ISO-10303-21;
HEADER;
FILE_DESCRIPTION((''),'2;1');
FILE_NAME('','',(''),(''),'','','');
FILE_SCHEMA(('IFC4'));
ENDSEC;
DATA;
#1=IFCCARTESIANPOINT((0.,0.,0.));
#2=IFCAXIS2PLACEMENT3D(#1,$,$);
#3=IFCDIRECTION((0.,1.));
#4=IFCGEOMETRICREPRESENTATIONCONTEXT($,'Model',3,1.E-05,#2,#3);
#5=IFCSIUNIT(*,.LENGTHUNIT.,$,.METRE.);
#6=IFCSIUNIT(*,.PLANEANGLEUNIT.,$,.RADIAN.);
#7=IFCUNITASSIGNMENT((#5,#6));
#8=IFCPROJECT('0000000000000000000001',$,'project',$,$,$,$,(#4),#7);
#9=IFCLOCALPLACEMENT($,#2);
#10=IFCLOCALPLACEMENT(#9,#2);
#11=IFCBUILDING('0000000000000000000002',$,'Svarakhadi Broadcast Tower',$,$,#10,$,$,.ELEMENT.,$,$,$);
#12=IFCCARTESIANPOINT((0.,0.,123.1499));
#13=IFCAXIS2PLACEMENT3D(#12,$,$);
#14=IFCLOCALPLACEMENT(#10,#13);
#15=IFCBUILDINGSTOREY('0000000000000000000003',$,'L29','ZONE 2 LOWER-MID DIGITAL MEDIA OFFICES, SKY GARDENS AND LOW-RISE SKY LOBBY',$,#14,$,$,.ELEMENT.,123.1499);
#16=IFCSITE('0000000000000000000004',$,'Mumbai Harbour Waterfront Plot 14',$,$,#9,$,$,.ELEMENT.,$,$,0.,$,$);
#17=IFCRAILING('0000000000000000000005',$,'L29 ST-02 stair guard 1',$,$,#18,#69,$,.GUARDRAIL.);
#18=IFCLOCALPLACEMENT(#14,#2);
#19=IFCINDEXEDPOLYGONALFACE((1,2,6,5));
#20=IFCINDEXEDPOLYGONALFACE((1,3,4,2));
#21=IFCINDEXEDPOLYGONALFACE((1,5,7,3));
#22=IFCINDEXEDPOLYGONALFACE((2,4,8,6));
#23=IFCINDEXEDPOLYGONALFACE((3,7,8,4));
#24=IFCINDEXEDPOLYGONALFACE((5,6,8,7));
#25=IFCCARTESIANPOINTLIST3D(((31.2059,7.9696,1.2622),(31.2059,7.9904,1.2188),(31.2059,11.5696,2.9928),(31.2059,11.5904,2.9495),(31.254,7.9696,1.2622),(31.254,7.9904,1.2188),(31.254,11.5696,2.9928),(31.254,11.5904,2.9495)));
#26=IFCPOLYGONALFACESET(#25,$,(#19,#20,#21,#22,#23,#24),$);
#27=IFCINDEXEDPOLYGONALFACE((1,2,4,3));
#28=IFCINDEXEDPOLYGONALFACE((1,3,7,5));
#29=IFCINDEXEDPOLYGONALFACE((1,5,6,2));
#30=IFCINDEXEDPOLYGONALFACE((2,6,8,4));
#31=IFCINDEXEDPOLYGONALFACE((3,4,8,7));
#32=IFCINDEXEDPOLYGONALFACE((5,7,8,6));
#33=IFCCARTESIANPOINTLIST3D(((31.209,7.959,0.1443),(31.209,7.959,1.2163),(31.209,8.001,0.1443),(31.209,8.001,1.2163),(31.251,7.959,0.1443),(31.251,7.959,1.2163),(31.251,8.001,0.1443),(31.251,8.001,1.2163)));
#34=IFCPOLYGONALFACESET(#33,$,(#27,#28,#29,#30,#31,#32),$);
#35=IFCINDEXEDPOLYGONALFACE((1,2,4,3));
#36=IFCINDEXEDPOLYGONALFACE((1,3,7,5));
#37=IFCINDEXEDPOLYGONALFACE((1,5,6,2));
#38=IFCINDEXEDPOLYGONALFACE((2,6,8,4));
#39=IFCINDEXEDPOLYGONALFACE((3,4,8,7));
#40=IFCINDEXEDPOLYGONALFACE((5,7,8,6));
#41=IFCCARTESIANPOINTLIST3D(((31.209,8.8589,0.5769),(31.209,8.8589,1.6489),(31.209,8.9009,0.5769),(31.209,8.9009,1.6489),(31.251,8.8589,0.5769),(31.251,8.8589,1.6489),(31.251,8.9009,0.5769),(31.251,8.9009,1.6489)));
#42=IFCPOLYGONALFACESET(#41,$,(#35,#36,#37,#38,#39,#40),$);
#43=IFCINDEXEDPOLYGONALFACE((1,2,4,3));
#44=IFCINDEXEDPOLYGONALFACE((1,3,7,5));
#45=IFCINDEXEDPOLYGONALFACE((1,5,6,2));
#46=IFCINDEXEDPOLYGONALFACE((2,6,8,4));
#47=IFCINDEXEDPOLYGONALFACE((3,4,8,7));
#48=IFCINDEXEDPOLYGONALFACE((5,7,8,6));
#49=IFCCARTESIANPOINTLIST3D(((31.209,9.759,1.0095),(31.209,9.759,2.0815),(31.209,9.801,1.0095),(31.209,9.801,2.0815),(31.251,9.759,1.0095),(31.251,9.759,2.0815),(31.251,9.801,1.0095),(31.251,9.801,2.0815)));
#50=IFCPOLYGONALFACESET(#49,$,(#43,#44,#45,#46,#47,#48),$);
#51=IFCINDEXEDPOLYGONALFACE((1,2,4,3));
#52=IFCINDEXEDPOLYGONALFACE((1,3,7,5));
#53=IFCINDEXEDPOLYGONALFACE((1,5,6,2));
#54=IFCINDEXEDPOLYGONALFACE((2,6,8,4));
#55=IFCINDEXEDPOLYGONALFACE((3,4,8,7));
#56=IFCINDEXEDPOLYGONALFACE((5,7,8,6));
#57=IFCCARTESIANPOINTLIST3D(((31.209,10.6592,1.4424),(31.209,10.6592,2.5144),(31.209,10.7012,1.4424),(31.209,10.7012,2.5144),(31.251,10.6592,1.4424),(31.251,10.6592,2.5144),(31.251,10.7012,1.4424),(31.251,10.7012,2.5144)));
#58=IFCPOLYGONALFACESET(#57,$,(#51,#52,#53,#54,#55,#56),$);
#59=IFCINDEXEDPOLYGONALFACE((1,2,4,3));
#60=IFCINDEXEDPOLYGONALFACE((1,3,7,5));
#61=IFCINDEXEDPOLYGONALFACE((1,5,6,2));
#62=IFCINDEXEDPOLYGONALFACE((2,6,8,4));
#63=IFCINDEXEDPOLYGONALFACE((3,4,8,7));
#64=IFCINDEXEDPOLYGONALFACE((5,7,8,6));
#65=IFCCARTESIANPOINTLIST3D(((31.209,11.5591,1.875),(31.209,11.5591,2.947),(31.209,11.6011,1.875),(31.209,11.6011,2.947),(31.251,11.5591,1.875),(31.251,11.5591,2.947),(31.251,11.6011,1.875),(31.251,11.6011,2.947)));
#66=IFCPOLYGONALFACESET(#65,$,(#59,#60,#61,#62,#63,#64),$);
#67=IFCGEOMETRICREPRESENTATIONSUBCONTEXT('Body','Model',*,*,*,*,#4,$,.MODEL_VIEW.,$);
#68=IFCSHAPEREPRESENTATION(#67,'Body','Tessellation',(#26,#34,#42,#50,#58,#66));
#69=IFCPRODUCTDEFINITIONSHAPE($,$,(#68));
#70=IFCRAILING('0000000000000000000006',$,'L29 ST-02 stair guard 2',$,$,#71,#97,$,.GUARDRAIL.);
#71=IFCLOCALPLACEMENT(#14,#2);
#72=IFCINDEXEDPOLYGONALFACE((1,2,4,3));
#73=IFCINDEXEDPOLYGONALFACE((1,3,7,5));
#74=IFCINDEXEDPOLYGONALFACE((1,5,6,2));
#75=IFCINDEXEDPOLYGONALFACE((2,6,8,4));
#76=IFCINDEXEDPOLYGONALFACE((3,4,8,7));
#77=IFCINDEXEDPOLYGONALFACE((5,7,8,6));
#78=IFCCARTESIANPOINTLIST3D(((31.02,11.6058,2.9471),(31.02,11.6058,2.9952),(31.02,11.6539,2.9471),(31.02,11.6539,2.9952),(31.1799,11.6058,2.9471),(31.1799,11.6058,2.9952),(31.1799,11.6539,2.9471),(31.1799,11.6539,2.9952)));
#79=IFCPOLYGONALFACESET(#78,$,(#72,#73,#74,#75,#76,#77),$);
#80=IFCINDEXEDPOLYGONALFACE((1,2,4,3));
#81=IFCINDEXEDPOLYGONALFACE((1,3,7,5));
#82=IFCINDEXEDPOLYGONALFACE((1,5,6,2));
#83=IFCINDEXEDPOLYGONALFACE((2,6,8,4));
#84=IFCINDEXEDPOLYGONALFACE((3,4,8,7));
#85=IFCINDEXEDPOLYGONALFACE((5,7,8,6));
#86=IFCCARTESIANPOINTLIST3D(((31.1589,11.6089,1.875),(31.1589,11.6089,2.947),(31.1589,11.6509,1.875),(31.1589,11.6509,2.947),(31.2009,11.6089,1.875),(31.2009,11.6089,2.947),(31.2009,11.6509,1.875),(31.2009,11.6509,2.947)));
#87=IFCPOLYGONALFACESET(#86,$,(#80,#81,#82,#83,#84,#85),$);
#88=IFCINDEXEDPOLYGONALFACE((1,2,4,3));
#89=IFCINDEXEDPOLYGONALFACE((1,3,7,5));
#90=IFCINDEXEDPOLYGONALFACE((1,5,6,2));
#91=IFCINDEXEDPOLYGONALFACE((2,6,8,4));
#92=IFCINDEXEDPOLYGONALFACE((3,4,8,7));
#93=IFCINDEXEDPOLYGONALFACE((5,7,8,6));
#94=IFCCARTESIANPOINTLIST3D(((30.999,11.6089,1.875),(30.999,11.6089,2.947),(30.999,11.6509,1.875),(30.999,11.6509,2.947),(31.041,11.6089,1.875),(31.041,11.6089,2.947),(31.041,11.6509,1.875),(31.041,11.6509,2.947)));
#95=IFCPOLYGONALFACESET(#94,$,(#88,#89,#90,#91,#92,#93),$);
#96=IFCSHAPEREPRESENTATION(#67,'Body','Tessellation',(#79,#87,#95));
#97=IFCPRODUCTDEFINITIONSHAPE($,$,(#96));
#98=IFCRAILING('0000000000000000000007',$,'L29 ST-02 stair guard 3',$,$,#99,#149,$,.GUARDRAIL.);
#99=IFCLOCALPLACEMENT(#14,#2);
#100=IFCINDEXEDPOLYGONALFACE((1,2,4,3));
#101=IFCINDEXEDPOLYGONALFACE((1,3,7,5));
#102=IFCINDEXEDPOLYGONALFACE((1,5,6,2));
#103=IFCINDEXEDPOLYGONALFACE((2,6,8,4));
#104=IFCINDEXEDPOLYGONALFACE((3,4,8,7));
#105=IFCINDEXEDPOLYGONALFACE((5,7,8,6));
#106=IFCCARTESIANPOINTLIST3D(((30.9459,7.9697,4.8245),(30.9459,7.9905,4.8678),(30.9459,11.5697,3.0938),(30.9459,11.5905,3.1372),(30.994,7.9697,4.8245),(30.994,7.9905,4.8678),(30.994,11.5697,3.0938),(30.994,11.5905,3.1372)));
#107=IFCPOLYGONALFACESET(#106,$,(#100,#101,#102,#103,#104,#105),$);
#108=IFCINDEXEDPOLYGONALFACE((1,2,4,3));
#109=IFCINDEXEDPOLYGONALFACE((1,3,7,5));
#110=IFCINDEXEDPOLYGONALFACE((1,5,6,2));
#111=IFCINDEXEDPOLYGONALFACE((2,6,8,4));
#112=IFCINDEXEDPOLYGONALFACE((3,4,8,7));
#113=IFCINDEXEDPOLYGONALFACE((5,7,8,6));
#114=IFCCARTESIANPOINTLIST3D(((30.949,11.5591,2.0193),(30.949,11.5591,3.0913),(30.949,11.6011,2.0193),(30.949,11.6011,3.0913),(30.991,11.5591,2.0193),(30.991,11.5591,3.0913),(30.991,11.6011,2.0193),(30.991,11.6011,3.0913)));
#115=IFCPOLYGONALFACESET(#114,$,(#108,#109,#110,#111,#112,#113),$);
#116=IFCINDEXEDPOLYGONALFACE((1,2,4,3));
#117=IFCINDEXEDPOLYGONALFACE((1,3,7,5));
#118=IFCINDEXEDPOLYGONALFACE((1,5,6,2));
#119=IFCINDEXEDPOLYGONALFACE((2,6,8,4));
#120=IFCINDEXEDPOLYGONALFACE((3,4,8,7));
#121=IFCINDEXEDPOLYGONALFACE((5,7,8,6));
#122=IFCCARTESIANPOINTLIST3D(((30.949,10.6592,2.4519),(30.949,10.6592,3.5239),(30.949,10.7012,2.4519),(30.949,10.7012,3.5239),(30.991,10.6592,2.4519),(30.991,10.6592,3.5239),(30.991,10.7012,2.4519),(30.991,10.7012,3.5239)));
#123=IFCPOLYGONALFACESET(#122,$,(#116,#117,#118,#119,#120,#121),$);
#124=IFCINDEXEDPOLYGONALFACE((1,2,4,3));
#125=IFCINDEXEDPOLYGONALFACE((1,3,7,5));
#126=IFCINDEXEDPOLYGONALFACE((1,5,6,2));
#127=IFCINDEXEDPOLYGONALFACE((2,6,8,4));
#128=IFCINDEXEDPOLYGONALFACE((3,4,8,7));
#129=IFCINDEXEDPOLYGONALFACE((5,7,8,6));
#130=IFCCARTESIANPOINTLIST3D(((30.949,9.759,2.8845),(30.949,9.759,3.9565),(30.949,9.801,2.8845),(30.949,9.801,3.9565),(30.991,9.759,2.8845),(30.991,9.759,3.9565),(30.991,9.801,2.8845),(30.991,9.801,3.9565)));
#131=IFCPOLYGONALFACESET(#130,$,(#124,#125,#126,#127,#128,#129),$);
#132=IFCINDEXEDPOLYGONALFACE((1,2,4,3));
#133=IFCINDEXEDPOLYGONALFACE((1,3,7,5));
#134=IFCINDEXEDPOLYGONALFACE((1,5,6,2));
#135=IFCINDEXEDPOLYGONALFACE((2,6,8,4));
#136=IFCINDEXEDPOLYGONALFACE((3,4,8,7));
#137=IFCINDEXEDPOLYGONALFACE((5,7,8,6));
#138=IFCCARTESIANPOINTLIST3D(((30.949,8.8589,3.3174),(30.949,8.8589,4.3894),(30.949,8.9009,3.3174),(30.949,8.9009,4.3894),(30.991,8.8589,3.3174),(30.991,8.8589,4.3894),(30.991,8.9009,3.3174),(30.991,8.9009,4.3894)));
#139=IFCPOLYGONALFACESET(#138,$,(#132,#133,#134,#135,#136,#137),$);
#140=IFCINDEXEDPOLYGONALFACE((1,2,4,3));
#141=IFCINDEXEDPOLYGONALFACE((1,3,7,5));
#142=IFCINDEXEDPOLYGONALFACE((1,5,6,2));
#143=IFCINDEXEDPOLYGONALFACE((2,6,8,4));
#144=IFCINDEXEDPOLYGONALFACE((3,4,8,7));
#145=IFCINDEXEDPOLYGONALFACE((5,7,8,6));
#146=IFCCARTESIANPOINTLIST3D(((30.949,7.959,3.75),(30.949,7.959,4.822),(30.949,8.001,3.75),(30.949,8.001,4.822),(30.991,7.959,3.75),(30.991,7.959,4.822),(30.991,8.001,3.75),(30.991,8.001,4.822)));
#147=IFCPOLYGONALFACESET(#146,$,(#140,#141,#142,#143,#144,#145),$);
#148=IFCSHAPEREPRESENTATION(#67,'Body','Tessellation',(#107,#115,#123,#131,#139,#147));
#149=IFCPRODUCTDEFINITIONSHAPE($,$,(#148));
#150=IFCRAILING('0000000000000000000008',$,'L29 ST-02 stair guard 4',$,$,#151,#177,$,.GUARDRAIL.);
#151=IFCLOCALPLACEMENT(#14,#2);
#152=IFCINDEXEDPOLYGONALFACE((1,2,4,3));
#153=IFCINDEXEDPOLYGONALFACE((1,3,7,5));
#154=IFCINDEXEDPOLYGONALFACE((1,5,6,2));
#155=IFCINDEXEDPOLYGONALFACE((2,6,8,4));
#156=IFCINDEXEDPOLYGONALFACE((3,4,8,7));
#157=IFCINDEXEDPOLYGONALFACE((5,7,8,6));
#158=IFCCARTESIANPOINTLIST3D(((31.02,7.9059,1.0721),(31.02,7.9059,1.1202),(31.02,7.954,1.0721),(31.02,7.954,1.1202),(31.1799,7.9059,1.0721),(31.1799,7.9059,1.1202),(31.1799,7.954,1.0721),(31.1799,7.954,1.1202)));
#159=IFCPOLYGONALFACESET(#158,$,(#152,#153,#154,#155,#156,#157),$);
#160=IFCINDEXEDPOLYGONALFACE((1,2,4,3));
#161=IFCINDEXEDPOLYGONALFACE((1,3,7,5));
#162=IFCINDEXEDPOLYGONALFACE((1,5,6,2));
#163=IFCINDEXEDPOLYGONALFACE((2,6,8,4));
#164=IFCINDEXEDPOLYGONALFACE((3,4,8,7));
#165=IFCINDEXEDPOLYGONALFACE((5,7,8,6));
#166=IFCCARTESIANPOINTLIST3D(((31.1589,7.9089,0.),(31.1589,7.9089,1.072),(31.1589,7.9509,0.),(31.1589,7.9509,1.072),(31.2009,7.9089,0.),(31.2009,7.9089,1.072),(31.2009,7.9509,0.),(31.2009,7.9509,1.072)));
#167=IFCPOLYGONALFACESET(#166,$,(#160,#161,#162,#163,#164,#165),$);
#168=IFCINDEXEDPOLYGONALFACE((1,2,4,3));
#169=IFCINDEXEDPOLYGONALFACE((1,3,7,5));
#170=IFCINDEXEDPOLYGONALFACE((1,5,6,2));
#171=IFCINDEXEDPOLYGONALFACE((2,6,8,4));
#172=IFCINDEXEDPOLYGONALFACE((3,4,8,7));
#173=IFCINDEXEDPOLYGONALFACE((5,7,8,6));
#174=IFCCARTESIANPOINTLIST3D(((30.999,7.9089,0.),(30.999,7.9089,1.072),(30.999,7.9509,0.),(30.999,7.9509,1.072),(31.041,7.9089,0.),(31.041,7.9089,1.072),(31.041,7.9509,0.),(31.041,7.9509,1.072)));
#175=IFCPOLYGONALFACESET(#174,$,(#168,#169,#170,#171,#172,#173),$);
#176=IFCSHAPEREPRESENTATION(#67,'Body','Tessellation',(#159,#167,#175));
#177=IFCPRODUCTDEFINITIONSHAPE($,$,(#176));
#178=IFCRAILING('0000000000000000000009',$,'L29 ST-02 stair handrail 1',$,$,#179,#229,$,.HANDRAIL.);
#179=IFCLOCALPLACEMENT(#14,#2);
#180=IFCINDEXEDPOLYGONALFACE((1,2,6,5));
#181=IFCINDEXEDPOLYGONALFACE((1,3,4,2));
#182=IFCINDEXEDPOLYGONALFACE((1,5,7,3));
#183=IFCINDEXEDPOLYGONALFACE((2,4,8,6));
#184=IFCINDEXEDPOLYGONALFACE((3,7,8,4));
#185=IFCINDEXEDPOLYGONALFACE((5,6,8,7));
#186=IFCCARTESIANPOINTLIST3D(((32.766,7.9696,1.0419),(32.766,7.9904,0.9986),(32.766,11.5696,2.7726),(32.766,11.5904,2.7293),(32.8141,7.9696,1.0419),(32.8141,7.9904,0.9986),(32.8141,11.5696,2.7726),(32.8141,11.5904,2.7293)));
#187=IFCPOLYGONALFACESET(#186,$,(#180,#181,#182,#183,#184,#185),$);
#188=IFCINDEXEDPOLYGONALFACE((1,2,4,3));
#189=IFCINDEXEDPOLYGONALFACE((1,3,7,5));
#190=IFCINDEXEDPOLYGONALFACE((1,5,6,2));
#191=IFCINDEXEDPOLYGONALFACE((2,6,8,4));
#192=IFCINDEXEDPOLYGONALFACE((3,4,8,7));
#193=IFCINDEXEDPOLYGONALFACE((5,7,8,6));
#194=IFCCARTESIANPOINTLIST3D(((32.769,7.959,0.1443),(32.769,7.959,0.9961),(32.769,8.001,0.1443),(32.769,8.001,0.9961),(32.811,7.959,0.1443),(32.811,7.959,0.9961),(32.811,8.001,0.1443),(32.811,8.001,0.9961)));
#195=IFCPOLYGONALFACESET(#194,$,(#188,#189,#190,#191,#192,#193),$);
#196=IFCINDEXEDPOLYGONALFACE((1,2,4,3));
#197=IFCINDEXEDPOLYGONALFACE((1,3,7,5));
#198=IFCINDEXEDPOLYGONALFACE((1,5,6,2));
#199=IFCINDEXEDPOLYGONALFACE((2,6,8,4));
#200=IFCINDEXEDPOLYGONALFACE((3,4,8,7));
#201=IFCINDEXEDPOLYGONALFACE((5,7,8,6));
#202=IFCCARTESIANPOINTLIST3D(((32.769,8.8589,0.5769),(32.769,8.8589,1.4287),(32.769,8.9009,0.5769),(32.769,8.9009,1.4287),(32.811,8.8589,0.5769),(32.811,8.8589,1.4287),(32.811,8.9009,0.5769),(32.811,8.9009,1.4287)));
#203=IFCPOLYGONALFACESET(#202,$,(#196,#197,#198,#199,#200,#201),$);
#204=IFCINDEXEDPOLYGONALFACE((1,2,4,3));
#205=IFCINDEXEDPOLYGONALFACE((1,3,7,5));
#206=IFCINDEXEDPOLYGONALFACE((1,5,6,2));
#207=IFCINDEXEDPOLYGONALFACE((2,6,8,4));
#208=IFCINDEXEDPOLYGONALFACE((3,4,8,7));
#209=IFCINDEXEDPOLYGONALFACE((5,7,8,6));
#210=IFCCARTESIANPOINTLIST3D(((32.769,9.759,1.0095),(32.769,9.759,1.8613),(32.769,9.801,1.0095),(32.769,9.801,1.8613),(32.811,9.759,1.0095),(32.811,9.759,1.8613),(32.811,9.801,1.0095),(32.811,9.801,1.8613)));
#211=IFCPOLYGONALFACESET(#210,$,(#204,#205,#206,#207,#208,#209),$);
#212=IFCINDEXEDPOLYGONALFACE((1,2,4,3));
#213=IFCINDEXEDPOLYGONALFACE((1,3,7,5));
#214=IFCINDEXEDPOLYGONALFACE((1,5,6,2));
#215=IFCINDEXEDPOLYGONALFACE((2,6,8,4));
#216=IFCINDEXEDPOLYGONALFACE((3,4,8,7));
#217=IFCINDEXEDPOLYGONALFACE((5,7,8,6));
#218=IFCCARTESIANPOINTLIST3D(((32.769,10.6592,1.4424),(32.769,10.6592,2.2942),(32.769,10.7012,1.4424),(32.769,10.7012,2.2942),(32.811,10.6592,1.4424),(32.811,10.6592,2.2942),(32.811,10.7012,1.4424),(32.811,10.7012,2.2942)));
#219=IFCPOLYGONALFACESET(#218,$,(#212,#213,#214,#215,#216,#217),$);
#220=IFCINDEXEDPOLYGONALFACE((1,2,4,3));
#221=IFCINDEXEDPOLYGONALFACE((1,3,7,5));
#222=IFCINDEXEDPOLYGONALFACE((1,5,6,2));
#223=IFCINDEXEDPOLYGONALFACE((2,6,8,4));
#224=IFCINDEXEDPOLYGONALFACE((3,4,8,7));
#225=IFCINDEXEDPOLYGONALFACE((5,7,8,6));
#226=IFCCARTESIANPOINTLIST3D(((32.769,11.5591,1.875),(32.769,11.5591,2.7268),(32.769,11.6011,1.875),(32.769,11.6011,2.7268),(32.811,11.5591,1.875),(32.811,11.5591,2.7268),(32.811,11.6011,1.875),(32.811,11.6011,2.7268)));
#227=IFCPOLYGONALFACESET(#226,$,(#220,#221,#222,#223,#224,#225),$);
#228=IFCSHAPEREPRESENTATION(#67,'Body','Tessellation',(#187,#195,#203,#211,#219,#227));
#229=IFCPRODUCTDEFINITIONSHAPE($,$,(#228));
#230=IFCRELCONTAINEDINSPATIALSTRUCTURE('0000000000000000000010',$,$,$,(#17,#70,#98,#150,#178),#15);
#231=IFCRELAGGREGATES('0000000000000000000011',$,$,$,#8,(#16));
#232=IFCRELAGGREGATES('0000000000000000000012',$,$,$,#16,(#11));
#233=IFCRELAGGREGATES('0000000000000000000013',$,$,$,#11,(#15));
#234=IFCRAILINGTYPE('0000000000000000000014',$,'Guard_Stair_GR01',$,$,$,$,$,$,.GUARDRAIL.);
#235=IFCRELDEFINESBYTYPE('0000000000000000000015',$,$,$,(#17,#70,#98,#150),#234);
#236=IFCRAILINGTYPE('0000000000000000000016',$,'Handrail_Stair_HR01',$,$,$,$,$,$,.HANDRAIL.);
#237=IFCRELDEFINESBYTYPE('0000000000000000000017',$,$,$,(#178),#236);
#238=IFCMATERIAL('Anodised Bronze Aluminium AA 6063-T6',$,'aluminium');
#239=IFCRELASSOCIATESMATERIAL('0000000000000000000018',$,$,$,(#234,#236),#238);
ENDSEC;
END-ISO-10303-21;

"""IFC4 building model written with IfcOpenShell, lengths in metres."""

from ifc_helpers import new_model, si_unit, direction, frame, origin, origin_2d, place, context, subcontext, project, spatial, rectangle, extrude, material, type_object, element, save


model = new_model("IFC4")

# Units and contexts
model_context = context("Model", 3, precision=1e-05, world=origin(), true_north=direction((0.0, 1.0)))
body_context = subcontext(model_context, "Body", "Model", "MODEL_VIEW")
ifc_project = project(units=[si_unit("LENGTHUNIT", "METRE"), si_unit("PLANEANGLEUNIT", "RADIAN")], contexts=[model_context])

# Site, building, storey
site_placement = place(None, origin())
site = spatial("IfcSite", under=ifc_project, at=site_placement, Name="Mumbai Harbour Waterfront Plot 14", CompositionType="ELEMENT", RefElevation=0.0)
building_placement = place(site_placement, origin())
building = spatial("IfcBuilding", under=site, at=building_placement, Name="Svarakhadi Broadcast Tower", CompositionType="ELEMENT")
storey_placement = place(building_placement, frame((0.0, 0.0, 123.1499)))
storey = spatial("IfcBuildingStorey", under=building, at=storey_placement, Name="L29", Description="ZONE 2 LOWER-MID DIGITAL MEDIA OFFICES, SKY GARDENS AND LOW-RISE SKY LOBBY", CompositionType="ELEMENT", Elevation=123.1499)

# Shared definitions
ifc_material_1 = material(Name="Anodised Bronze Aluminium AA 6063-T6", Category="aluminium")

# Railings
railing_type_1 = type_object("IfcRailingType", Name="Guard_Stair_GR01", PredefinedType="GUARDRAIL", material=ifc_material_1)
railing_1_placement = place(storey_placement, frame((31.23, 7.98, 0.1443)))
element("IfcRailing", 1, at=railing_1_placement, inside=storey, type_object=railing_type_1, Name="L29 ST-02 stair guard 1", PredefinedType="GUARDRAIL", context=body_context, shape_type="SweptSolid", body=[
    extrude(rectangle(XDim=0.0481, YDim=0.0481, at=origin_2d()), frame((0.0, 0.0, 1.0962), z_axis=(0.0, 0.901263, 0.433273), x_axis=(-1.0, 0.0, 0.0)), (0.0, 0.0, 1.0), 3.9944),
    extrude(rectangle(XDim=0.042, YDim=0.042, at=origin_2d()), origin(), (0.0, 0.0, 1.0), 1.072),
    extrude(rectangle(XDim=0.042, YDim=0.042, at=origin_2d()), frame((0.0, 0.8999, 0.4326)), (0.0, 0.0, 1.0), 1.072),
    extrude(rectangle(XDim=0.042, YDim=0.042, at=origin_2d()), frame((0.0, 1.8, 0.8652)), (0.0, 0.0, 1.0), 1.072),
    extrude(rectangle(XDim=0.042, YDim=0.042, at=origin_2d()), frame((0.0, 2.7002, 1.2981)), (0.0, 0.0, 1.0), 1.072),
    extrude(rectangle(XDim=0.042, YDim=0.042, at=origin_2d()), frame((0.0, 3.6001, 1.7307)), (0.0, 0.0, 1.0), 1.072),
])
railing_2_placement = place(storey_placement, frame((31.1799, 11.6299, 1.875)))
element("IfcRailing", 2, at=railing_2_placement, inside=storey, type_object=railing_type_1, Name="L29 ST-02 stair guard 2", PredefinedType="GUARDRAIL", context=body_context, shape_type="SweptSolid", body=[
    extrude(rectangle(XDim=0.0481, YDim=0.0481, at=origin_2d()), frame((0.0, 0.0, 1.0962), z_axis=(-1.0, 0.0, 0.0), x_axis=(0.0, -1.0, 0.0)), (0.0, 0.0, 1.0), 0.1599),
    extrude(rectangle(XDim=0.042, YDim=0.042, at=origin_2d()), origin(), (0.0, 0.0, 1.0), 1.072),
    extrude(rectangle(XDim=0.042, YDim=0.042, at=origin_2d()), frame((-0.1599, 0.0, 0.0)), (0.0, 0.0, 1.0), 1.072),
])
railing_3_placement = place(storey_placement, frame((30.97, 11.5801, 2.0193)))
element("IfcRailing", 3, at=railing_3_placement, inside=storey, type_object=railing_type_1, Name="L29 ST-02 stair guard 3", PredefinedType="GUARDRAIL", context=body_context, shape_type="SweptSolid", body=[
    extrude(rectangle(XDim=0.0481, YDim=0.0481, at=origin_2d()), frame((0.0, 0.0, 1.0962), z_axis=(0.0, -0.901263, 0.433273), x_axis=(1.0, 0.0, 0.0)), (0.0, 0.0, 1.0), 3.9944),
    extrude(rectangle(XDim=0.042, YDim=0.042, at=origin_2d()), origin(), (0.0, 0.0, 1.0), 1.072),
    extrude(rectangle(XDim=0.042, YDim=0.042, at=origin_2d()), frame((0.0, -0.8999, 0.4326)), (0.0, 0.0, 1.0), 1.072),
    extrude(rectangle(XDim=0.042, YDim=0.042, at=origin_2d()), frame((0.0, -1.8, 0.8652)), (0.0, 0.0, 1.0), 1.072),
    extrude(rectangle(XDim=0.042, YDim=0.042, at=origin_2d()), frame((0.0, -2.7002, 1.2981)), (0.0, 0.0, 1.0), 1.072),
    extrude(rectangle(XDim=0.042, YDim=0.042, at=origin_2d()), frame((0.0, -3.6001, 1.7307)), (0.0, 0.0, 1.0), 1.072),
])
railing_4_placement = place(storey_placement, frame((31.1799, 7.9299, 0.0)))
element("IfcRailing", 4, at=railing_4_placement, inside=storey, type_object=railing_type_1, Name="L29 ST-02 stair guard 4", PredefinedType="GUARDRAIL", context=body_context, shape_type="SweptSolid", body=[
    extrude(rectangle(XDim=0.0481, YDim=0.0481, at=origin_2d()), frame((0.0, 0.0, 1.0962), z_axis=(-1.0, 0.0, 0.0), x_axis=(0.0, -1.0, 0.0)), (0.0, 0.0, 1.0), 0.1599),
    extrude(rectangle(XDim=0.042, YDim=0.042, at=origin_2d()), origin(), (0.0, 0.0, 1.0), 1.072),
    extrude(rectangle(XDim=0.042, YDim=0.042, at=origin_2d()), frame((-0.1599, 0.0, 0.0)), (0.0, 0.0, 1.0), 1.072),
])
railing_type_2 = type_object("IfcRailingType", Name="Handrail_Stair_HR01", PredefinedType="HANDRAIL", material=ifc_material_1)
railing_5_placement = place(storey_placement, frame((32.79, 7.98, 0.1443)))
element("IfcRailing", 5, at=railing_5_placement, inside=storey, type_object=railing_type_2, Name="L29 ST-02 stair handrail 1", PredefinedType="HANDRAIL", context=body_context, shape_type="SweptSolid", body=[
    extrude(rectangle(XDim=0.0481, YDim=0.0481, at=origin_2d()), frame((0.0, 0.0, 0.876), z_axis=(0.0, 0.901263, 0.433273), x_axis=(-1.0, 0.0, 0.0)), (0.0, 0.0, 1.0), 3.9944),
    extrude(rectangle(XDim=0.042, YDim=0.042, at=origin_2d()), origin(), (0.0, 0.0, 1.0), 0.8518),
    extrude(rectangle(XDim=0.042, YDim=0.042, at=origin_2d()), frame((0.0, 0.8999, 0.4326)), (0.0, 0.0, 1.0), 0.8518),
    extrude(rectangle(XDim=0.042, YDim=0.042, at=origin_2d()), frame((0.0, 1.8, 0.8652)), (0.0, 0.0, 1.0), 0.8518),
    extrude(rectangle(XDim=0.042, YDim=0.042, at=origin_2d()), frame((0.0, 2.7002, 1.2981)), (0.0, 0.0, 1.0), 0.8518),
    extrude(rectangle(XDim=0.042, YDim=0.042, at=origin_2d()), frame((0.0, 3.6001, 1.7307)), (0.0, 0.0, 1.0), 0.8518),
])

save(model, "model.ifc")
